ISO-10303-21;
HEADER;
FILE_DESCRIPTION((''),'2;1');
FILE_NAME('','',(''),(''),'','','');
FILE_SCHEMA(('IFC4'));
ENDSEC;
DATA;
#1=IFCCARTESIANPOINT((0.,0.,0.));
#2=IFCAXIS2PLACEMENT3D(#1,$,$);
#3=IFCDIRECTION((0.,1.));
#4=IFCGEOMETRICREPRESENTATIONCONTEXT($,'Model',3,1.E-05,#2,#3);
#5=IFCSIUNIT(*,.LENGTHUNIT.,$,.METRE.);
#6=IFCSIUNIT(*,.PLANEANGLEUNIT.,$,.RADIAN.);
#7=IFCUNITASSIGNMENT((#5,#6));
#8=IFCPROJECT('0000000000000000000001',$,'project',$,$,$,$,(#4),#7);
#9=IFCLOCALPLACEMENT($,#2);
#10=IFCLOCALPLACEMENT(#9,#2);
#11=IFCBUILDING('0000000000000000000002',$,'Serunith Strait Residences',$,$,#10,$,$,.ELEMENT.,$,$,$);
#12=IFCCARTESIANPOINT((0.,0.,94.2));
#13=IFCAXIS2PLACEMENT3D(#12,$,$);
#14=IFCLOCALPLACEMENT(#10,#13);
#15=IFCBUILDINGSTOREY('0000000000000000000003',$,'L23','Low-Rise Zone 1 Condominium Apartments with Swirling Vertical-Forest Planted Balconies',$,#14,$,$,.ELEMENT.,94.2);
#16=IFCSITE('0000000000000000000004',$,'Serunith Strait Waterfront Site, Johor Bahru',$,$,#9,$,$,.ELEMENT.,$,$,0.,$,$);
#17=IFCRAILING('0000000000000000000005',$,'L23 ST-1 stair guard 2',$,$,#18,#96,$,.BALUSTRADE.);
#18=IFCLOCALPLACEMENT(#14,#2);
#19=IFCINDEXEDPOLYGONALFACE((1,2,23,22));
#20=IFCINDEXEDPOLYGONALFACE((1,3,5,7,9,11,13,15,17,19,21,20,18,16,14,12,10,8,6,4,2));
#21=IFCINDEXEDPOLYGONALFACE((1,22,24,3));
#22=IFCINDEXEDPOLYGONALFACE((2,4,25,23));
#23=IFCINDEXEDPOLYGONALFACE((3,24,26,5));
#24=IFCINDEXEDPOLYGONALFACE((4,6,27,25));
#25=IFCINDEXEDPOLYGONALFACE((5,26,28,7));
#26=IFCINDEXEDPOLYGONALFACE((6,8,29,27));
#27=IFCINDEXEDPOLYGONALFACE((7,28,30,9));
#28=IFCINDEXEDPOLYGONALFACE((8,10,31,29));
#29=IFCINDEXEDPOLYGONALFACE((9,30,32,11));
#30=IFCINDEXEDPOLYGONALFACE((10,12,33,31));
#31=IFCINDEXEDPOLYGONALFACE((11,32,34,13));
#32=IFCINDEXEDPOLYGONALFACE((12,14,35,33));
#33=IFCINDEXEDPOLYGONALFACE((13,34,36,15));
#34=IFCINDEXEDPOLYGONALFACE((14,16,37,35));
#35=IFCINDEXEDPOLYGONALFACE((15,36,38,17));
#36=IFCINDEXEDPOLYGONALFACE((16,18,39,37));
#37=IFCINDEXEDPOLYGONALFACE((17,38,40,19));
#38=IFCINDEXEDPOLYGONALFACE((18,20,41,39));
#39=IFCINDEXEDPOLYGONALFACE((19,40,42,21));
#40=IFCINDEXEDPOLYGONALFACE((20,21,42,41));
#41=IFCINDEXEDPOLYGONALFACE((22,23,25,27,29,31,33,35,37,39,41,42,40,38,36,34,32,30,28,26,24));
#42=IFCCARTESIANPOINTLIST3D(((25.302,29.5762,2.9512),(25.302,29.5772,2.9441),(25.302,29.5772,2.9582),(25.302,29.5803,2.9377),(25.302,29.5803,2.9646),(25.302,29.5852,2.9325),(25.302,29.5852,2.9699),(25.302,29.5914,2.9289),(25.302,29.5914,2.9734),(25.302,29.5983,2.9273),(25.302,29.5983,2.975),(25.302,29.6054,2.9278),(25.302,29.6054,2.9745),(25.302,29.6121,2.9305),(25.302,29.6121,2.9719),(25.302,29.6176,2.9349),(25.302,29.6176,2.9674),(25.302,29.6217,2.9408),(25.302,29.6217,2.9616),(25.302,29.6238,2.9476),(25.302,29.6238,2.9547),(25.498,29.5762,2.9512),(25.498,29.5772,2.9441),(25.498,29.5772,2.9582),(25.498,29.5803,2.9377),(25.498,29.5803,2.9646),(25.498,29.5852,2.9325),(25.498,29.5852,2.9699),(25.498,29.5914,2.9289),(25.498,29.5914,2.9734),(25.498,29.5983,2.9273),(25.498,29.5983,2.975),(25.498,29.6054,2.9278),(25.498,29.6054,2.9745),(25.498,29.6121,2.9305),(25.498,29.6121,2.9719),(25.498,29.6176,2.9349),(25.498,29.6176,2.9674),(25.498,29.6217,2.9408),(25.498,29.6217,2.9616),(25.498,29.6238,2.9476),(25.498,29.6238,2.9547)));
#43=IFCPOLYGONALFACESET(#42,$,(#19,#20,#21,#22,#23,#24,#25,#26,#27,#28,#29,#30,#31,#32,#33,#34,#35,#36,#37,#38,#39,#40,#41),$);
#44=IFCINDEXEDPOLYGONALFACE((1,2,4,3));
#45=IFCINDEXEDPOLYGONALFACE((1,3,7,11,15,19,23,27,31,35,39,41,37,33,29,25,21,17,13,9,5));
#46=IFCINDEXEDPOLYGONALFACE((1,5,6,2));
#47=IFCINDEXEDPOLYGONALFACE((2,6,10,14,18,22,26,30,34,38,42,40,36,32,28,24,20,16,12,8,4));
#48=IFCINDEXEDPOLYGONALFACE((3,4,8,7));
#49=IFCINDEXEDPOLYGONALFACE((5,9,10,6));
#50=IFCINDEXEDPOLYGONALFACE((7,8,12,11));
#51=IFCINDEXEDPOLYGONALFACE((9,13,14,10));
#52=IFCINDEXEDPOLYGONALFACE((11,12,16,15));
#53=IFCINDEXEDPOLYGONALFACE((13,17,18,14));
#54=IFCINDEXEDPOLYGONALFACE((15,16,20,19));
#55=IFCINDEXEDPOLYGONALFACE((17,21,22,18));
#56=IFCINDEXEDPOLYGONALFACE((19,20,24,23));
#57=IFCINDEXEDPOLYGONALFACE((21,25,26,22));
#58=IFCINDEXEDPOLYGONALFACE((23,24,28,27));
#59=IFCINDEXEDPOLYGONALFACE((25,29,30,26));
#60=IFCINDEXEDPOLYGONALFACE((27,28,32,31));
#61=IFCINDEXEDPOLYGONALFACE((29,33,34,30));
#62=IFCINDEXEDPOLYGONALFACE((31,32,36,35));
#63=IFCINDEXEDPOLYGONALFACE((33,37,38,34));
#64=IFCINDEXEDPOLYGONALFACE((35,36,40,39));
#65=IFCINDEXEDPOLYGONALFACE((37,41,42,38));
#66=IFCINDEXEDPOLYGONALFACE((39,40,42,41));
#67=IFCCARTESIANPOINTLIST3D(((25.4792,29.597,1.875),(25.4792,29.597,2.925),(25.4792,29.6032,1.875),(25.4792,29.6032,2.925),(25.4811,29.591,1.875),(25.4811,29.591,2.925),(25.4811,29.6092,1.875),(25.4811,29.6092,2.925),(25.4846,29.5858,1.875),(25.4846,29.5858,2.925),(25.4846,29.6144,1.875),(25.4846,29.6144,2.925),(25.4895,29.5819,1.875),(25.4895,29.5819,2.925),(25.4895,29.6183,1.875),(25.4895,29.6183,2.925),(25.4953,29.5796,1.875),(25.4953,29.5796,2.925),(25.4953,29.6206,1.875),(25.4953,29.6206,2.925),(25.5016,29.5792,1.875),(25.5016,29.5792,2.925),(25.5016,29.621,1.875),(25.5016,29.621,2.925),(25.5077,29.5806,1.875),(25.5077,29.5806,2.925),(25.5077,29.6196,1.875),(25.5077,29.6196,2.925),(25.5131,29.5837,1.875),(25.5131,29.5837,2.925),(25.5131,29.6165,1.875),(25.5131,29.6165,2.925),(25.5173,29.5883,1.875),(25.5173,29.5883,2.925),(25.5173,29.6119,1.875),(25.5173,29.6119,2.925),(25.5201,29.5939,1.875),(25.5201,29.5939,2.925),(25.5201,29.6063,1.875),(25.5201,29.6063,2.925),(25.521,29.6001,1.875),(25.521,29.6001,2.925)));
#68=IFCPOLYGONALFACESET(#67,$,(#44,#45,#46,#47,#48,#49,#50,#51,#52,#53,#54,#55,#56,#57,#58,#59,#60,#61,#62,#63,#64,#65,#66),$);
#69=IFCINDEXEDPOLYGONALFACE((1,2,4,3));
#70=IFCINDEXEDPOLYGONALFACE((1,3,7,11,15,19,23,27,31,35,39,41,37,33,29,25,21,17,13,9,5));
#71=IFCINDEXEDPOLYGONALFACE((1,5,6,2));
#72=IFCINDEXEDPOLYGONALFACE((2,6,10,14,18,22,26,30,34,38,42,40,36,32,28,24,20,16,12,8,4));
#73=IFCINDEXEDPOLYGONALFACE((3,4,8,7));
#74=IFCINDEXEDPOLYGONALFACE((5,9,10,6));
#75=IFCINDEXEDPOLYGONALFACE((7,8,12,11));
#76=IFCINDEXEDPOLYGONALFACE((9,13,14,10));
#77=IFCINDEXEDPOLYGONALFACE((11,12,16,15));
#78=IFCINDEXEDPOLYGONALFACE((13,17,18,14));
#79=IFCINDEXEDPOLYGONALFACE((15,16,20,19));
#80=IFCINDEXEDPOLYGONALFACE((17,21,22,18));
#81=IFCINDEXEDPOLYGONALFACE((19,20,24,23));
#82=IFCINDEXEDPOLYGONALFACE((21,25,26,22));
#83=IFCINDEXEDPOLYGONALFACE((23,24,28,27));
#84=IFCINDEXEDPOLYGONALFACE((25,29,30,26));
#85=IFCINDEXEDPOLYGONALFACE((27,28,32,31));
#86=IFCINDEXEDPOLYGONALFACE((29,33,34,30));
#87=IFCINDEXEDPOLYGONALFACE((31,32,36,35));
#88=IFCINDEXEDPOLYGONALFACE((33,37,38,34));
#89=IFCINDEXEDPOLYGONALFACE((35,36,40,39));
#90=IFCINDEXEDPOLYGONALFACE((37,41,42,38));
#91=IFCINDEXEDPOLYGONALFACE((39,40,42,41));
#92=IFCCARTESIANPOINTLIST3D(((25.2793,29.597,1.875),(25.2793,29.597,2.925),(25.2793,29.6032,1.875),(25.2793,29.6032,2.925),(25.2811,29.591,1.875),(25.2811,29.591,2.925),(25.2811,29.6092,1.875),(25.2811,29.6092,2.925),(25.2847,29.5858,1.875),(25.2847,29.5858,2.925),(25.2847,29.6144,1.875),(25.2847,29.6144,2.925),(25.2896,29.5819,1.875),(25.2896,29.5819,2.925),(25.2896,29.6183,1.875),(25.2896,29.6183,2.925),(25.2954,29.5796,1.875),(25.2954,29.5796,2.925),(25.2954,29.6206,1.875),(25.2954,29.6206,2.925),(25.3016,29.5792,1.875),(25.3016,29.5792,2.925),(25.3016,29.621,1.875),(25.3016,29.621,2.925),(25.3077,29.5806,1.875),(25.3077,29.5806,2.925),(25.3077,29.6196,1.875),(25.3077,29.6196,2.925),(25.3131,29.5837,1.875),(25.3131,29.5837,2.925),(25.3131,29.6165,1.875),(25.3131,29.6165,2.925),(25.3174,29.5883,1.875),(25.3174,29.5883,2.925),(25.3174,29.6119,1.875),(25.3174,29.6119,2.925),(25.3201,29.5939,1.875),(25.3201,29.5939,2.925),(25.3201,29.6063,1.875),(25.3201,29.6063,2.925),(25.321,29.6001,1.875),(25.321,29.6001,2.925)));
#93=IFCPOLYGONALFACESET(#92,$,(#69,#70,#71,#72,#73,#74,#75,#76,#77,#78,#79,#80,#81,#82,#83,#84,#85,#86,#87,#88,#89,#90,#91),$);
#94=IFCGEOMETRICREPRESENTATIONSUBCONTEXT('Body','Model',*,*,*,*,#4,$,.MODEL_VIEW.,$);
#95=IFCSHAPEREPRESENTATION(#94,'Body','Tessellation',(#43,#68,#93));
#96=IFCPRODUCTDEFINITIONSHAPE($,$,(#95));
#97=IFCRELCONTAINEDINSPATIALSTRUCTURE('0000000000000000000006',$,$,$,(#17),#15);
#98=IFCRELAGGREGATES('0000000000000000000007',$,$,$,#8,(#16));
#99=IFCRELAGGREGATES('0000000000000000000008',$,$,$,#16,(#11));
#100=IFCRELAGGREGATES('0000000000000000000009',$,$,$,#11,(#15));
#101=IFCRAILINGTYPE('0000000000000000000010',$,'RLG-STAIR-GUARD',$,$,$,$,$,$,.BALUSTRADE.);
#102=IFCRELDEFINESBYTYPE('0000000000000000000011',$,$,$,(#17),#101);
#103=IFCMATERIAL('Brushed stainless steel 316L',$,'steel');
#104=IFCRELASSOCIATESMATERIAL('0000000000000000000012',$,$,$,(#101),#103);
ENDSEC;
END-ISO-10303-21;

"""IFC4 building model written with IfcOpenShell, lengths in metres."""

from ifc_helpers import new_model, si_unit, direction, frame, origin, origin_2d, place, context, subcontext, project, spatial, circle, extrude, material, type_object, element, save


model = new_model("IFC4")

# Units and contexts
model_context = context("Model", 3, precision=1e-05, world=origin(), true_north=direction((0.0, 1.0)))
body_context = subcontext(model_context, "Body", "Model", "MODEL_VIEW")
ifc_project = project(units=[si_unit("LENGTHUNIT", "METRE"), si_unit("PLANEANGLEUNIT", "RADIAN")], contexts=[model_context])

# Site, building, storey
site_placement = place(None, origin())
site = spatial("IfcSite", under=ifc_project, at=site_placement, Name="Serunith Strait Waterfront Site, Johor Bahru", CompositionType="ELEMENT", RefElevation=0.0)
building_placement = place(site_placement, origin())
building = spatial("IfcBuilding", under=site, at=building_placement, Name="Serunith Strait Residences", CompositionType="ELEMENT")
storey_placement = place(building_placement, frame((0.0, 0.0, 94.2)))
storey = spatial("IfcBuildingStorey", under=building, at=storey_placement, Name="L23", Description="Low-Rise Zone 1 Condominium Apartments with Swirling Vertical-Forest Planted Balconies", CompositionType="ELEMENT", Elevation=94.2)

# Railing
ifc_material_1 = material(Name="Brushed stainless steel 316L", Category="steel")
railing_type_1 = type_object("IfcRailingType", Name="RLG-STAIR-GUARD", PredefinedType="BALUSTRADE", material=ifc_material_1)
railing_1_placement = place(storey_placement, frame((25.5, 29.6001, 1.875)))
element("IfcRailing", 1, at=railing_1_placement, inside=storey, type_object=railing_type_1, Name="L23 ST-1 stair guard 2", PredefinedType="BALUSTRADE", context=body_context, shape_type="SweptSolid", body=[
    extrude(circle(Radius=0.0239, at=origin_2d()), frame((-0.002, 0.0, 1.0762), z_axis=(-1.0, 0.0, 0.0), x_axis=(0.0, -1.0, 0.0)), (0.0, 0.0, 1.0), 0.196),
    extrude(circle(Radius=0.021, at=origin_2d()), origin(), (0.0, 0.0, 1.0), 1.05),
    extrude(circle(Radius=0.021, at=origin_2d()), frame((-0.2, 0.0, 0.0)), (0.0, 0.0, 1.0), 1.05),
])

save(model, "model.ifc")
